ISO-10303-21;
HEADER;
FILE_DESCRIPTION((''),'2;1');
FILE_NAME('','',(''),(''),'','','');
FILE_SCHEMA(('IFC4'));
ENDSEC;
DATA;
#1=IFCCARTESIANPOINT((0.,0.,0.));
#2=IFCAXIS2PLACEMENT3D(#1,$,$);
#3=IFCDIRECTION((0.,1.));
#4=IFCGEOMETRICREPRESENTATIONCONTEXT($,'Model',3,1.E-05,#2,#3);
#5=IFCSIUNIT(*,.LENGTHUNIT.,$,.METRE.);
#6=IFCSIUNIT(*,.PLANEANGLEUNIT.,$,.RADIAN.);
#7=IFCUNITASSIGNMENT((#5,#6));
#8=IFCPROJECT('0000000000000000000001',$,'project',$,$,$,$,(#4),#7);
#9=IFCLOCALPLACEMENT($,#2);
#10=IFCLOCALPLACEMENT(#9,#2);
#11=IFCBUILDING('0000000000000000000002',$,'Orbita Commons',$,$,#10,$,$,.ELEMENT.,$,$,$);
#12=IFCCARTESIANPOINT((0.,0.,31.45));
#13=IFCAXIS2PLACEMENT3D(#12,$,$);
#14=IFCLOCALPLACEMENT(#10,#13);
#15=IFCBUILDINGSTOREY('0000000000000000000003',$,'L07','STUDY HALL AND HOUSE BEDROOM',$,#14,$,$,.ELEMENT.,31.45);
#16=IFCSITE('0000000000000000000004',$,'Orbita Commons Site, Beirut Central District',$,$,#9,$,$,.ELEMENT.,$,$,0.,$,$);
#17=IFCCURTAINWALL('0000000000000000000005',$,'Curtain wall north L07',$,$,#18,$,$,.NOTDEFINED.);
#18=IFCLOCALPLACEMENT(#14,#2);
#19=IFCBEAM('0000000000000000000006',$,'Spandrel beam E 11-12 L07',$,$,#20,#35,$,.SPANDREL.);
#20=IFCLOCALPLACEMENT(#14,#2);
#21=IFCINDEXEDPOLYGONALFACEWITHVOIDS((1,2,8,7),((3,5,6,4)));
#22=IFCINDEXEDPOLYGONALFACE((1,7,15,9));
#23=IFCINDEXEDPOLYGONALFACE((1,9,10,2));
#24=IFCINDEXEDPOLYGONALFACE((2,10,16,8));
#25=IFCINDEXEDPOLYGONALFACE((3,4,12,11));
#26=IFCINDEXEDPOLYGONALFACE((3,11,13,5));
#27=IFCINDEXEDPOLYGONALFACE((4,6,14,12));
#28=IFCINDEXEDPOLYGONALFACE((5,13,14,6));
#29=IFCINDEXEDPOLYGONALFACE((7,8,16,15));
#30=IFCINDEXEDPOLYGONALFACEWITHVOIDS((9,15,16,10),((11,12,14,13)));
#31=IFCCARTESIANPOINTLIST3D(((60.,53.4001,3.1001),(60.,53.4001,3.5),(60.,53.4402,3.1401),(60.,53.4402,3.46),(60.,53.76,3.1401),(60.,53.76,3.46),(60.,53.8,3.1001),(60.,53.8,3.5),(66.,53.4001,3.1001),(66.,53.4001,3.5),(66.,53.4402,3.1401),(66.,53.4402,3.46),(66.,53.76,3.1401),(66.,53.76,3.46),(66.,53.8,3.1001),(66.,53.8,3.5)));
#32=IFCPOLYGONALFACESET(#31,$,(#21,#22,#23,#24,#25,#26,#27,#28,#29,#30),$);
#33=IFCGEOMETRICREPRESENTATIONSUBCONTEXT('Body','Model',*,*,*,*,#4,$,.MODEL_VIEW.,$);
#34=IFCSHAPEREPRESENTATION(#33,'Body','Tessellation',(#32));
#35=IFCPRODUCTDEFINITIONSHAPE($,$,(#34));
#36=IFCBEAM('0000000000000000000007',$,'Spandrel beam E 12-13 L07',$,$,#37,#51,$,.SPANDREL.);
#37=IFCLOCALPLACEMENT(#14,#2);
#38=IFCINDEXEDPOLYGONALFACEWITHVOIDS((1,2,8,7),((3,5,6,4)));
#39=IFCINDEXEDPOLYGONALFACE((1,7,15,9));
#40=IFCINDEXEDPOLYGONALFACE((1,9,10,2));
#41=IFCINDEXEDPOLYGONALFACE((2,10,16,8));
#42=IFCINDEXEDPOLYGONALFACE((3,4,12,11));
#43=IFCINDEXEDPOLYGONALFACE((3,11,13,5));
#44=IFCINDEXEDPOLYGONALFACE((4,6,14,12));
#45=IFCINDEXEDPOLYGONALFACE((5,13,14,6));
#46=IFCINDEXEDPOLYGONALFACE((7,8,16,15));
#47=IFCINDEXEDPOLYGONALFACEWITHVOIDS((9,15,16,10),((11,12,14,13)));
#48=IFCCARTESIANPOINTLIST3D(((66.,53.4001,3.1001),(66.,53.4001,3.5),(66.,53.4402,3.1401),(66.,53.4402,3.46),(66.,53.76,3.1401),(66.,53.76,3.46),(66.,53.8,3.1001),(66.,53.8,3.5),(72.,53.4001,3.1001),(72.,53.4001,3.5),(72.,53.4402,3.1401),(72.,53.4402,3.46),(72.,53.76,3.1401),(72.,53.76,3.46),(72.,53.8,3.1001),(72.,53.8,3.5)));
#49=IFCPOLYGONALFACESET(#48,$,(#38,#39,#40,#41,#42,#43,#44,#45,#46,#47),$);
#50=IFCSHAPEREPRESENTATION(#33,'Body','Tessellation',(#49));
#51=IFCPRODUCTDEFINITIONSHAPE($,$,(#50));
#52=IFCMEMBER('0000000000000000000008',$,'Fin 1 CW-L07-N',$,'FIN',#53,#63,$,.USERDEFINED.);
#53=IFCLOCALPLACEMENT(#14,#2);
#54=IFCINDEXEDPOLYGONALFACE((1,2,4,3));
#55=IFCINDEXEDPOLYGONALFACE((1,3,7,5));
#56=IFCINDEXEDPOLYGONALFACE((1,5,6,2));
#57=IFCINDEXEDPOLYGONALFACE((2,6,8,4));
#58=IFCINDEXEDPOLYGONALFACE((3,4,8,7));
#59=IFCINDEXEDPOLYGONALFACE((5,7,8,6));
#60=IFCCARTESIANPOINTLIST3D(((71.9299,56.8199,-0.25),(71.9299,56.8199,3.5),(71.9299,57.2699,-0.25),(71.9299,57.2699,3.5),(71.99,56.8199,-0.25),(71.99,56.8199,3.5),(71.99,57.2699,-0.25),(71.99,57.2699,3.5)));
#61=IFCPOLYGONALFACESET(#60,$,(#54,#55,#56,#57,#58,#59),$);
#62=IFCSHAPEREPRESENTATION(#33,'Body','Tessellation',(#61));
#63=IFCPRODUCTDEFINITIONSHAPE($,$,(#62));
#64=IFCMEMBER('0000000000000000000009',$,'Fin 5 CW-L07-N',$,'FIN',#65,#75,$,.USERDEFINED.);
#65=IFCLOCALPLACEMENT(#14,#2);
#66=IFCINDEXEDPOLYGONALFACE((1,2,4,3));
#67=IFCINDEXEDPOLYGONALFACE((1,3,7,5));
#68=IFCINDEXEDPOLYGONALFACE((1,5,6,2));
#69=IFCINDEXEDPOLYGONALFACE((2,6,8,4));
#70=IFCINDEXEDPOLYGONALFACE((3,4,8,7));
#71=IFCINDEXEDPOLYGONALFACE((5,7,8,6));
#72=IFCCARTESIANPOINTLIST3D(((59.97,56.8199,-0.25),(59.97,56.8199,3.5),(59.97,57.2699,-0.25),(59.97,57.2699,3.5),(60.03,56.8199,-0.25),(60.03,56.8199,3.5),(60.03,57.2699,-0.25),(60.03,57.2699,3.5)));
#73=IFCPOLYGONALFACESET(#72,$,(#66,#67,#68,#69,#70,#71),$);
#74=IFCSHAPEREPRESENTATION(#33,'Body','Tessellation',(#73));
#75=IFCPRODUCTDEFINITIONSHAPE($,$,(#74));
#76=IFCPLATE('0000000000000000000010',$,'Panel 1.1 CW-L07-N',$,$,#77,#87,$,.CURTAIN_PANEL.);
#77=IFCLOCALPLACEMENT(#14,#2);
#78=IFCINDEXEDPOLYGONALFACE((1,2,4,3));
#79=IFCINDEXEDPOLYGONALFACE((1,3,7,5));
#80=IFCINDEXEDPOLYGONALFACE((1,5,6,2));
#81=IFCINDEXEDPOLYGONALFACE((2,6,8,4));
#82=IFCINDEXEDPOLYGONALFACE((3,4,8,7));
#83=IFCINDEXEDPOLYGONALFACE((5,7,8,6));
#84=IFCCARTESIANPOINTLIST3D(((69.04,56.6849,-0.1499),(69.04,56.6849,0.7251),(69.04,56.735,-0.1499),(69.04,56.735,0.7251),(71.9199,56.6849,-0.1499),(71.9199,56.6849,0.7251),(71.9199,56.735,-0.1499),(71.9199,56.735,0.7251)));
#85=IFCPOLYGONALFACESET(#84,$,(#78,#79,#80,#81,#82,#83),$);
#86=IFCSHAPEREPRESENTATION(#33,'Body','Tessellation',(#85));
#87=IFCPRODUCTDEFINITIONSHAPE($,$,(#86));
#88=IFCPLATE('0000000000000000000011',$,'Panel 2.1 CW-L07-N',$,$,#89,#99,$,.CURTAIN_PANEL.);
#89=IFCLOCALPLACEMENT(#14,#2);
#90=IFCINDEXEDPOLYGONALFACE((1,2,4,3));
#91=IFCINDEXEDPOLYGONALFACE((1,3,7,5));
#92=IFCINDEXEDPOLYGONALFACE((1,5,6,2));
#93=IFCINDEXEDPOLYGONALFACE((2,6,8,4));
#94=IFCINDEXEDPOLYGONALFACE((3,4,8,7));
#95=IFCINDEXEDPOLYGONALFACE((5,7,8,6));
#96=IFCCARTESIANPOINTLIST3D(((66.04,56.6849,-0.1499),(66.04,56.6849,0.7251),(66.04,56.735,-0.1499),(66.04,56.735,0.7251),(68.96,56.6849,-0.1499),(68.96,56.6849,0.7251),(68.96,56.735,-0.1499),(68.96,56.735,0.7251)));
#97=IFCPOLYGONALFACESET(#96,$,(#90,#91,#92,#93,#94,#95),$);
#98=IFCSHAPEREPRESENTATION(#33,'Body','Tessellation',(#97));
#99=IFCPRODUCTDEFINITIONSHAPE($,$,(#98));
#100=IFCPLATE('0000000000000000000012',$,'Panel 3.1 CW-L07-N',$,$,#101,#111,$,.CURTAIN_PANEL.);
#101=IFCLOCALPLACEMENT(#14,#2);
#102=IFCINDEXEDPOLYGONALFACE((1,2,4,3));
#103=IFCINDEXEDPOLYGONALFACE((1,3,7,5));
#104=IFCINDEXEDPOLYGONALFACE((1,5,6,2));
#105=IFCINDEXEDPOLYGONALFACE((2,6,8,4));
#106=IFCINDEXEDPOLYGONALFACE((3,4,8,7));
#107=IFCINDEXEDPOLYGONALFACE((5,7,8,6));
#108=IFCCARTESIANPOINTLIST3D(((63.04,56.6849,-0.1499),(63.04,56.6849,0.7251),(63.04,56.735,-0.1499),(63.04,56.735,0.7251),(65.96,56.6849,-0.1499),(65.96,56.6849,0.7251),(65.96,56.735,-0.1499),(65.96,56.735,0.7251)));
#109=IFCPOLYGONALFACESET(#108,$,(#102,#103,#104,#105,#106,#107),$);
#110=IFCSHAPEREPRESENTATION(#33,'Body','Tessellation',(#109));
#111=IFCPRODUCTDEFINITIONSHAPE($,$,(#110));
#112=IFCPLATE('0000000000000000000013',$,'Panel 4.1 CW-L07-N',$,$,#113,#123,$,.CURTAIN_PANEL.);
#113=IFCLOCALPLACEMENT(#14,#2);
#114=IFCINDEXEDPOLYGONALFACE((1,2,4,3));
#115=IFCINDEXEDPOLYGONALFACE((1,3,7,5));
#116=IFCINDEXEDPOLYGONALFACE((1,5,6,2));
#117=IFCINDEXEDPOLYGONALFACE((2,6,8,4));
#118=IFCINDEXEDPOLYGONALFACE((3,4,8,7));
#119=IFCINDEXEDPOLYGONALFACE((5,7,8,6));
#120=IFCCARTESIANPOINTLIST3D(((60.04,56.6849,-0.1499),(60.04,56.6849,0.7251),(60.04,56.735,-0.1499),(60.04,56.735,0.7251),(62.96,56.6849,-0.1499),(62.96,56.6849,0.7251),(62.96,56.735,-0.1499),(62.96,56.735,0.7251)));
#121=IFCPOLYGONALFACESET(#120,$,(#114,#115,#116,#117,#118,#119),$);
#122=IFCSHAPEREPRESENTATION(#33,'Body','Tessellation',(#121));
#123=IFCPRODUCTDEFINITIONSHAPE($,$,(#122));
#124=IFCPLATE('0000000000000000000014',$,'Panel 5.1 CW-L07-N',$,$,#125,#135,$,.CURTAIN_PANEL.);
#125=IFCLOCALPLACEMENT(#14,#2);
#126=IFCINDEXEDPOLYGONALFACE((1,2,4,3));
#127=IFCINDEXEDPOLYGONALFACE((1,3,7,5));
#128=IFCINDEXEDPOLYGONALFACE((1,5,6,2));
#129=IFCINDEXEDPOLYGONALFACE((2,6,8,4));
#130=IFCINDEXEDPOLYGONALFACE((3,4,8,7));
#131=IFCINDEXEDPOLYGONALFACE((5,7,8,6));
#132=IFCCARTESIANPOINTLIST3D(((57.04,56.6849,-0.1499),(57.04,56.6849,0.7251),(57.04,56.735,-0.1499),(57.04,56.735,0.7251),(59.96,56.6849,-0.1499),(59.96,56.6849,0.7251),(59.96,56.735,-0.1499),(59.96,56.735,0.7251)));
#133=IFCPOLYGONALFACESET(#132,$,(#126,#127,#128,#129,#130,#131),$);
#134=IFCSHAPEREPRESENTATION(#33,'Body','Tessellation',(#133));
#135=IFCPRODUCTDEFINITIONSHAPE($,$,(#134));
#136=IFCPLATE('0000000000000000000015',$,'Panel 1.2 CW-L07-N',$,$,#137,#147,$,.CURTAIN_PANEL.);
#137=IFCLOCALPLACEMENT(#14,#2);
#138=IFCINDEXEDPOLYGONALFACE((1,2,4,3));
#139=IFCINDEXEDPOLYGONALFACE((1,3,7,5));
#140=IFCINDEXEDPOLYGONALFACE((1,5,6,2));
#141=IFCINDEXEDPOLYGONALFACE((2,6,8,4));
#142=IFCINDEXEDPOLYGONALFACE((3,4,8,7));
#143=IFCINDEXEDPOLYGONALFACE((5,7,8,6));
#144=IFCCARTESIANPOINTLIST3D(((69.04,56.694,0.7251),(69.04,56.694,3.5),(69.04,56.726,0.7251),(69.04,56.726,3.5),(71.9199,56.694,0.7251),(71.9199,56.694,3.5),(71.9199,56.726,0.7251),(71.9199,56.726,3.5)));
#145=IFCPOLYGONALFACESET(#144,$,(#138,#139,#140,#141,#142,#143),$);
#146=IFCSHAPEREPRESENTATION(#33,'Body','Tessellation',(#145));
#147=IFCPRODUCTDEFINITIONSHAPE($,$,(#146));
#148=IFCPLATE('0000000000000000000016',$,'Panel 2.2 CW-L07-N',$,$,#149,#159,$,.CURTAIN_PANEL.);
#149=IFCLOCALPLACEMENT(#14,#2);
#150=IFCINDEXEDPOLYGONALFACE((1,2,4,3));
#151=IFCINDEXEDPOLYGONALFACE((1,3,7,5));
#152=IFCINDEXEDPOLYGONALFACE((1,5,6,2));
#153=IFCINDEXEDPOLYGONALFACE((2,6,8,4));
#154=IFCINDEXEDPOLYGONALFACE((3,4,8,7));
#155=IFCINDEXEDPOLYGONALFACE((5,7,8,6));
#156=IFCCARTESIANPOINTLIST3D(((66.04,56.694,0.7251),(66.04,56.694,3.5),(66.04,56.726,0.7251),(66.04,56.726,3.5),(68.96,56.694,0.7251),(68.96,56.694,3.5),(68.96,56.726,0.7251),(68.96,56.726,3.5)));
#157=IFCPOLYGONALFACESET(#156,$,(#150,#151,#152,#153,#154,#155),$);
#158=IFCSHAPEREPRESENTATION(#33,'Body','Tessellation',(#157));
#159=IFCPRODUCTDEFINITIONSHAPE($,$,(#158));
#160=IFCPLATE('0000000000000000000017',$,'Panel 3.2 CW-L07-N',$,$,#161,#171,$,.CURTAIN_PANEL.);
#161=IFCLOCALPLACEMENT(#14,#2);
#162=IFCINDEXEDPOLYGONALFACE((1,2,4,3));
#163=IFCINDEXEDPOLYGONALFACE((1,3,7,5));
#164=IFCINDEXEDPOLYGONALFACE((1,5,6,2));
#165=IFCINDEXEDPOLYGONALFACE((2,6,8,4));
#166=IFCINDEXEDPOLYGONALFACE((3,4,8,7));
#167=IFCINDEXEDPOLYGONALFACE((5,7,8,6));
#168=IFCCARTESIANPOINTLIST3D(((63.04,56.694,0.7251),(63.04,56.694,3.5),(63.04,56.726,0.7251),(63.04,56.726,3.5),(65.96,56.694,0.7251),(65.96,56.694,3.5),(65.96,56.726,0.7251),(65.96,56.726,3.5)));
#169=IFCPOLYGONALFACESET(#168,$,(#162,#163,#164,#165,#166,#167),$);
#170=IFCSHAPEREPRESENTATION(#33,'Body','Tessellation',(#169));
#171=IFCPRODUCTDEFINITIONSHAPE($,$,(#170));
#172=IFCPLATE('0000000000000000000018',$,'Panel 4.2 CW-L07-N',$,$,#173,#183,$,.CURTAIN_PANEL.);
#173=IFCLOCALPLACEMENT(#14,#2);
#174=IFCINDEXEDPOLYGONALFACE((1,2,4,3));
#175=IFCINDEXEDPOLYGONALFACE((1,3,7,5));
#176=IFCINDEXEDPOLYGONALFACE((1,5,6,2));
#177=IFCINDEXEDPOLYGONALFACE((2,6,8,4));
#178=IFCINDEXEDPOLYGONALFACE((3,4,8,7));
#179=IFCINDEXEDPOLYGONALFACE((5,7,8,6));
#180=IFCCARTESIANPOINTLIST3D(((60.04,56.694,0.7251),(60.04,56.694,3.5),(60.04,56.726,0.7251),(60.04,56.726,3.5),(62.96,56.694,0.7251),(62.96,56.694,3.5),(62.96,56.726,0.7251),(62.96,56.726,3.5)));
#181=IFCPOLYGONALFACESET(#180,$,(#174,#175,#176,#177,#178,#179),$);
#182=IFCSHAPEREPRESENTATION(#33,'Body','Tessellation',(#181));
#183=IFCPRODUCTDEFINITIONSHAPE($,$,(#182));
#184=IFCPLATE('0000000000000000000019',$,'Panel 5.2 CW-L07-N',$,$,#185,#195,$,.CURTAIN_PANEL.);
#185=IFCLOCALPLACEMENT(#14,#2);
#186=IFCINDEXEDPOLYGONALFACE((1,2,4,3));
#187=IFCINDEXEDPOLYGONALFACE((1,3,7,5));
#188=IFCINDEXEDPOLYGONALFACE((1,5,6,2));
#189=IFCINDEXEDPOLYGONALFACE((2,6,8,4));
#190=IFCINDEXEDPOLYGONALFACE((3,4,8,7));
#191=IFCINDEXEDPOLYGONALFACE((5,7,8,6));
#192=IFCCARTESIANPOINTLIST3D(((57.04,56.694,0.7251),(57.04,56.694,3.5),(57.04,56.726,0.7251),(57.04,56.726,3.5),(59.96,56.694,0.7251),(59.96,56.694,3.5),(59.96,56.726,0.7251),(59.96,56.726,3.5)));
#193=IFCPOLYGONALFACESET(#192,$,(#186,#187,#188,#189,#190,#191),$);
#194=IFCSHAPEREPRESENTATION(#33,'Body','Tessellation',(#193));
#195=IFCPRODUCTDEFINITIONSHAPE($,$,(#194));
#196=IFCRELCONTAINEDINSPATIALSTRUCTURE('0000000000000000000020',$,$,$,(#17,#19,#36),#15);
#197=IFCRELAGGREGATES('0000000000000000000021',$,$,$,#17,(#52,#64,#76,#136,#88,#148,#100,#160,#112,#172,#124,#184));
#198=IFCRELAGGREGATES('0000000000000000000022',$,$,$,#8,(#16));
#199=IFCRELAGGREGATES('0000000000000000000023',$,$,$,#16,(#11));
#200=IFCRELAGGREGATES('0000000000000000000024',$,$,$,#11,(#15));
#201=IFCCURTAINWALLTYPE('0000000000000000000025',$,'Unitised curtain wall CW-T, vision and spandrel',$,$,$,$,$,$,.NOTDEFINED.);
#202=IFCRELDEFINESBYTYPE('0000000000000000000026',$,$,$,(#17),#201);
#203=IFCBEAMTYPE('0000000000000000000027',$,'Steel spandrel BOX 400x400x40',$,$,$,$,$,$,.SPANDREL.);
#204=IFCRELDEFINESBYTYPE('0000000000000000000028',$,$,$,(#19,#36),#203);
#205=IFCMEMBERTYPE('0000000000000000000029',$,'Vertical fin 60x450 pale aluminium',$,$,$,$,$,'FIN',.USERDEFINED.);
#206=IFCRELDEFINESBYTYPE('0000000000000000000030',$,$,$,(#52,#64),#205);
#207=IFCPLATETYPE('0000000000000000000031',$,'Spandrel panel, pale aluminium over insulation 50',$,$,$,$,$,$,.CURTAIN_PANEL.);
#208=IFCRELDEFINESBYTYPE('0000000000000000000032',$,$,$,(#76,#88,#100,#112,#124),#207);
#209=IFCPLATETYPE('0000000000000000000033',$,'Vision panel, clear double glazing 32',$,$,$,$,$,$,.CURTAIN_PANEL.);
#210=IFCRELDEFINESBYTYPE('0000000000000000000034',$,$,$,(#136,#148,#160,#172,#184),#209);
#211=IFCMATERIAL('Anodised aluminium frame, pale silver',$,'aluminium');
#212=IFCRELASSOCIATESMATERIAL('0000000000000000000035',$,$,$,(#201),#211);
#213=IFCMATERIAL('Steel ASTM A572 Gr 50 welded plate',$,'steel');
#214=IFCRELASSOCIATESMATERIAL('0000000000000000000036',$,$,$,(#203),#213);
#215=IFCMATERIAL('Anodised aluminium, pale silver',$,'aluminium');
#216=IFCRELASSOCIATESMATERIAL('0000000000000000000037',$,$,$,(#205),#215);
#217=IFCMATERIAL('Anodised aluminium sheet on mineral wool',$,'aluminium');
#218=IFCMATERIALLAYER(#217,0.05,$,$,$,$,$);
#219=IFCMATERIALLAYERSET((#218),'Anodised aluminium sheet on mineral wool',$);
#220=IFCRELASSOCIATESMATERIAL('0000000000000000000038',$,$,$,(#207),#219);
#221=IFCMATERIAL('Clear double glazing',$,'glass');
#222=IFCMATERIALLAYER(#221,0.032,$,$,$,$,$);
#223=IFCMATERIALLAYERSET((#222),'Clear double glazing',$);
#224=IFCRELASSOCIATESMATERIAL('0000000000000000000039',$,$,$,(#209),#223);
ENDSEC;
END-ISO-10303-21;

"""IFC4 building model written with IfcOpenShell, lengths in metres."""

from ifc_helpers import new_model, si_unit, direction, frame, origin, origin_2d, place, context, subcontext, project, spatial, rectangle, hollow_rectangle, extrude, material, layer, layer_set, material_profile, profile_set, type_object, element, aggregate, save


model = new_model("IFC4")

# Units and contexts
model_context = context("Model", 3, precision=1e-05, world=origin(), true_north=direction((0.0, 1.0)))
body_context = subcontext(model_context, "Body", "Model", "MODEL_VIEW")
ifc_project = project(units=[si_unit("LENGTHUNIT", "METRE"), si_unit("PLANEANGLEUNIT", "RADIAN")], contexts=[model_context])

# Site, building, storey
site_placement = place(None, origin())
site = spatial("IfcSite", under=ifc_project, at=site_placement, Name="Orbita Commons Site, Beirut Central District", CompositionType="ELEMENT", RefElevation=0.0)
building_placement = place(site_placement, origin())
building = spatial("IfcBuilding", under=site, at=building_placement, Name="Orbita Commons", CompositionType="ELEMENT")
storey_placement = place(building_placement, frame((0.0, 0.0, 31.45)))
storey = spatial("IfcBuildingStorey", under=building, at=storey_placement, Name="L07", Description="STUDY HALL AND HOUSE BEDROOM", CompositionType="ELEMENT", Elevation=31.45)

# Curtain wall
ifc_material_1 = material(Name="Anodised aluminium frame, pale silver", Category="aluminium")
curtain_wall_type = type_object("IfcCurtainWallType", Name="Unitised curtain wall CW-T, vision and spandrel", PredefinedType="NOTDEFINED", material=ifc_material_1)
curtain_wall_placement = place(storey_placement, origin())
curtain_wall = element("IfcCurtainWall", 1, at=curtain_wall_placement, inside=storey, type_object=curtain_wall_type, Name="Curtain wall north L07", PredefinedType="NOTDEFINED")

# Beams
ifc_material_2 = material(Name="Steel ASTM A572 Gr 50 welded plate", Category="steel")
ifc_material_profile_1 = material_profile(ifc_material_2, hollow_rectangle(XDim=0.3999, YDim=0.3999, WallThickness=0.04, at=origin_2d()), Name="BOX 400x400x40")
ifc_profile_set_1 = profile_set([ifc_material_profile_1], Name="Steel ASTM A572 Gr 50 welded plate")
beam_type = type_object("IfcBeamType", Name="Steel spandrel BOX 400x400x40", PredefinedType="SPANDREL", material=ifc_profile_set_1)
for number, where, z_axis, x_axis, name in (
    (2, (60.0, 53.6001, 3.3), (1.0, 0.0, 0.0), (0.0, 1.0, 0.0), "Spandrel beam E 11-12 L07"),
    (3, (66.0, 53.6001, 3.3), (1.0, 0.0, 0.0), (0.0, 1.0, 0.0), "Spandrel beam E 12-13 L07"),
):
    element("IfcBeam", number, at=place(storey_placement, frame(where, z_axis=z_axis, x_axis=x_axis)), inside=storey, type_object=beam_type, Name=name, PredefinedType="SPANDREL", context=body_context, shape_type="SweptSolid", body=[
        extrude(hollow_rectangle(XDim=0.3999, YDim=0.3999, WallThickness=0.04, at=origin_2d()), origin(), (0.0, 0.0, 1.0), 6.0),
    ])

# Members
ifc_material_3 = material(Name="Anodised aluminium, pale silver", Category="aluminium")
ifc_material_profile_2 = material_profile(ifc_material_3, rectangle(XDim=0.0601, YDim=0.45, at=origin_2d()), Name="FIN 60x450")
ifc_profile_set_2 = profile_set([ifc_material_profile_2], Name="Anodised aluminium, pale silver")
member_type_1 = type_object("IfcMemberType", Name="Vertical fin 60x450 pale aluminium", ElementType="FIN", PredefinedType="USERDEFINED", material=ifc_profile_set_2)
member_1_placement = place(storey_placement, frame((71.96, 57.0449, -0.25), z_axis=(0.0, 0.0, 1.0), x_axis=(-1.0, 0.0, 0.0)))
member_1 = element("IfcMember", 4, at=member_1_placement, type_object=member_type_1, Name="Fin 1 CW-L07-N", ObjectType="FIN", PredefinedType="USERDEFINED", context=body_context, shape_type="SweptSolid", body=[
    extrude(rectangle(XDim=0.0601, YDim=0.45, at=origin_2d()), origin(), (0.0, 0.0, 1.0), 3.75),
])
member_2_placement = place(storey_placement, frame((60.0, 57.0449, -0.25), z_axis=(0.0, 0.0, 1.0), x_axis=(-1.0, 0.0, 0.0)))
member_2 = element("IfcMember", 5, at=member_2_placement, type_object=member_type_1, Name="Fin 5 CW-L07-N", ObjectType="FIN", PredefinedType="USERDEFINED", context=body_context, shape_type="SweptSolid", body=[
    extrude(rectangle(XDim=0.0601, YDim=0.45, at=origin_2d()), origin(), (0.0, 0.0, 1.0), 3.75),
])

# Plates
ifc_material_4 = material(Name="Anodised aluminium sheet on mineral wool", Category="aluminium")
ifc_layer_1 = layer(ifc_material_4, 0.05)
ifc_layer_set_1 = layer_set([ifc_layer_1], Name="Anodised aluminium sheet on mineral wool")
plate_type_1 = type_object("IfcPlateType", Name="Spandrel panel, pale aluminium over insulation 50", PredefinedType="CURTAIN_PANEL", material=ifc_layer_set_1)
plate_1_placement = place(storey_placement, frame((70.48, 56.71, -0.1499), z_axis=(0.0, 0.0, 1.0), x_axis=(-1.0, 0.0, 0.0)))
plate_1 = element("IfcPlate", 6, at=plate_1_placement, type_object=plate_type_1, Name="Panel 1.1 CW-L07-N", PredefinedType="CURTAIN_PANEL", context=body_context, shape_type="SweptSolid", body=[
    extrude(rectangle(XDim=2.8799, YDim=0.05, at=origin_2d()), origin(), (0.0, 0.0, 1.0), 0.875),
])
plate_2_placement = place(storey_placement, frame((67.5, 56.71, -0.1499), z_axis=(0.0, 0.0, 1.0), x_axis=(-1.0, 0.0, 0.0)))
plate_2 = element("IfcPlate", 7, at=plate_2_placement, type_object=plate_type_1, Name="Panel 2.1 CW-L07-N", PredefinedType="CURTAIN_PANEL", context=body_context, shape_type="SweptSolid", body=[
    extrude(rectangle(XDim=2.9199, YDim=0.05, at=origin_2d()), origin(), (0.0, 0.0, 1.0), 0.875),
])
plate_3_placement = place(storey_placement, frame((64.5, 56.71, -0.1499), z_axis=(0.0, 0.0, 1.0), x_axis=(-1.0, 0.0, 0.0)))
plate_3 = element("IfcPlate", 8, at=plate_3_placement, type_object=plate_type_1, Name="Panel 3.1 CW-L07-N", PredefinedType="CURTAIN_PANEL", context=body_context, shape_type="SweptSolid", body=[
    extrude(rectangle(XDim=2.9199, YDim=0.05, at=origin_2d()), origin(), (0.0, 0.0, 1.0), 0.875),
])
plate_4_placement = place(storey_placement, frame((61.5, 56.71, -0.1499), z_axis=(0.0, 0.0, 1.0), x_axis=(-1.0, 0.0, 0.0)))
plate_4 = element("IfcPlate", 9, at=plate_4_placement, type_object=plate_type_1, Name="Panel 4.1 CW-L07-N", PredefinedType="CURTAIN_PANEL", context=body_context, shape_type="SweptSolid", body=[
    extrude(rectangle(XDim=2.9199, YDim=0.05, at=origin_2d()), origin(), (0.0, 0.0, 1.0), 0.875),
])
plate_5_placement = place(storey_placement, frame((58.5, 56.71, -0.1499), z_axis=(0.0, 0.0, 1.0), x_axis=(-1.0, 0.0, 0.0)))
plate_5 = element("IfcPlate", 10, at=plate_5_placement, type_object=plate_type_1, Name="Panel 5.1 CW-L07-N", PredefinedType="CURTAIN_PANEL", context=body_context, shape_type="SweptSolid", body=[
    extrude(rectangle(XDim=2.9199, YDim=0.05, at=origin_2d()), origin(), (0.0, 0.0, 1.0), 0.875),
])
ifc_material_5 = material(Name="Clear double glazing", Category="glass")
ifc_layer_2 = layer(ifc_material_5, 0.032)
ifc_layer_set_2 = layer_set([ifc_layer_2], Name="Clear double glazing")
plate_type_2 = type_object("IfcPlateType", Name="Vision panel, clear double glazing 32", PredefinedType="CURTAIN_PANEL", material=ifc_layer_set_2)
plate_6_placement = place(storey_placement, frame((70.48, 56.71, 0.7251), z_axis=(0.0, 0.0, 1.0), x_axis=(-1.0, 0.0, 0.0)))
plate_6 = element("IfcPlate", 11, at=plate_6_placement, type_object=plate_type_2, Name="Panel 1.2 CW-L07-N", PredefinedType="CURTAIN_PANEL", context=body_context, shape_type="SweptSolid", body=[
    extrude(rectangle(XDim=2.8799, YDim=0.032, at=origin_2d()), origin(), (0.0, 0.0, 1.0), 2.7749),
])
plate_7_placement = place(storey_placement, frame((67.5, 56.71, 0.7251), z_axis=(0.0, 0.0, 1.0), x_axis=(-1.0, 0.0, 0.0)))
plate_7 = element("IfcPlate", 12, at=plate_7_placement, type_object=plate_type_2, Name="Panel 2.2 CW-L07-N", PredefinedType="CURTAIN_PANEL", context=body_context, shape_type="SweptSolid", body=[
    extrude(rectangle(XDim=2.9199, YDim=0.032, at=origin_2d()), origin(), (0.0, 0.0, 1.0), 2.7749),
])
plate_8_placement = place(storey_placement, frame((64.5, 56.71, 0.7251), z_axis=(0.0, 0.0, 1.0), x_axis=(-1.0, 0.0, 0.0)))
plate_8 = element("IfcPlate", 13, at=plate_8_placement, type_object=plate_type_2, Name="Panel 3.2 CW-L07-N", PredefinedType="CURTAIN_PANEL", context=body_context, shape_type="SweptSolid", body=[
    extrude(rectangle(XDim=2.9199, YDim=0.032, at=origin_2d()), origin(), (0.0, 0.0, 1.0), 2.7749),
])
plate_9_placement = place(storey_placement, frame((61.5, 56.71, 0.7251), z_axis=(0.0, 0.0, 1.0), x_axis=(-1.0, 0.0, 0.0)))
plate_9 = element("IfcPlate", 14, at=plate_9_placement, type_object=plate_type_2, Name="Panel 4.2 CW-L07-N", PredefinedType="CURTAIN_PANEL", context=body_context, shape_type="SweptSolid", body=[
    extrude(rectangle(XDim=2.9199, YDim=0.032, at=origin_2d()), origin(), (0.0, 0.0, 1.0), 2.7749),
])
plate_10_placement = place(storey_placement, frame((58.5, 56.71, 0.7251), z_axis=(0.0, 0.0, 1.0), x_axis=(-1.0, 0.0, 0.0)))
plate_10 = element("IfcPlate", 15, at=plate_10_placement, type_object=plate_type_2, Name="Panel 5.2 CW-L07-N", PredefinedType="CURTAIN_PANEL", context=body_context, shape_type="SweptSolid", body=[
    extrude(rectangle(XDim=2.9199, YDim=0.032, at=origin_2d()), origin(), (0.0, 0.0, 1.0), 2.7749),
])
aggregate(curtain_wall, [member_1, member_2, plate_1, plate_6, plate_2, plate_7, plate_3, plate_8, plate_4, plate_9, plate_5, plate_10])

save(model, "model.ifc")
